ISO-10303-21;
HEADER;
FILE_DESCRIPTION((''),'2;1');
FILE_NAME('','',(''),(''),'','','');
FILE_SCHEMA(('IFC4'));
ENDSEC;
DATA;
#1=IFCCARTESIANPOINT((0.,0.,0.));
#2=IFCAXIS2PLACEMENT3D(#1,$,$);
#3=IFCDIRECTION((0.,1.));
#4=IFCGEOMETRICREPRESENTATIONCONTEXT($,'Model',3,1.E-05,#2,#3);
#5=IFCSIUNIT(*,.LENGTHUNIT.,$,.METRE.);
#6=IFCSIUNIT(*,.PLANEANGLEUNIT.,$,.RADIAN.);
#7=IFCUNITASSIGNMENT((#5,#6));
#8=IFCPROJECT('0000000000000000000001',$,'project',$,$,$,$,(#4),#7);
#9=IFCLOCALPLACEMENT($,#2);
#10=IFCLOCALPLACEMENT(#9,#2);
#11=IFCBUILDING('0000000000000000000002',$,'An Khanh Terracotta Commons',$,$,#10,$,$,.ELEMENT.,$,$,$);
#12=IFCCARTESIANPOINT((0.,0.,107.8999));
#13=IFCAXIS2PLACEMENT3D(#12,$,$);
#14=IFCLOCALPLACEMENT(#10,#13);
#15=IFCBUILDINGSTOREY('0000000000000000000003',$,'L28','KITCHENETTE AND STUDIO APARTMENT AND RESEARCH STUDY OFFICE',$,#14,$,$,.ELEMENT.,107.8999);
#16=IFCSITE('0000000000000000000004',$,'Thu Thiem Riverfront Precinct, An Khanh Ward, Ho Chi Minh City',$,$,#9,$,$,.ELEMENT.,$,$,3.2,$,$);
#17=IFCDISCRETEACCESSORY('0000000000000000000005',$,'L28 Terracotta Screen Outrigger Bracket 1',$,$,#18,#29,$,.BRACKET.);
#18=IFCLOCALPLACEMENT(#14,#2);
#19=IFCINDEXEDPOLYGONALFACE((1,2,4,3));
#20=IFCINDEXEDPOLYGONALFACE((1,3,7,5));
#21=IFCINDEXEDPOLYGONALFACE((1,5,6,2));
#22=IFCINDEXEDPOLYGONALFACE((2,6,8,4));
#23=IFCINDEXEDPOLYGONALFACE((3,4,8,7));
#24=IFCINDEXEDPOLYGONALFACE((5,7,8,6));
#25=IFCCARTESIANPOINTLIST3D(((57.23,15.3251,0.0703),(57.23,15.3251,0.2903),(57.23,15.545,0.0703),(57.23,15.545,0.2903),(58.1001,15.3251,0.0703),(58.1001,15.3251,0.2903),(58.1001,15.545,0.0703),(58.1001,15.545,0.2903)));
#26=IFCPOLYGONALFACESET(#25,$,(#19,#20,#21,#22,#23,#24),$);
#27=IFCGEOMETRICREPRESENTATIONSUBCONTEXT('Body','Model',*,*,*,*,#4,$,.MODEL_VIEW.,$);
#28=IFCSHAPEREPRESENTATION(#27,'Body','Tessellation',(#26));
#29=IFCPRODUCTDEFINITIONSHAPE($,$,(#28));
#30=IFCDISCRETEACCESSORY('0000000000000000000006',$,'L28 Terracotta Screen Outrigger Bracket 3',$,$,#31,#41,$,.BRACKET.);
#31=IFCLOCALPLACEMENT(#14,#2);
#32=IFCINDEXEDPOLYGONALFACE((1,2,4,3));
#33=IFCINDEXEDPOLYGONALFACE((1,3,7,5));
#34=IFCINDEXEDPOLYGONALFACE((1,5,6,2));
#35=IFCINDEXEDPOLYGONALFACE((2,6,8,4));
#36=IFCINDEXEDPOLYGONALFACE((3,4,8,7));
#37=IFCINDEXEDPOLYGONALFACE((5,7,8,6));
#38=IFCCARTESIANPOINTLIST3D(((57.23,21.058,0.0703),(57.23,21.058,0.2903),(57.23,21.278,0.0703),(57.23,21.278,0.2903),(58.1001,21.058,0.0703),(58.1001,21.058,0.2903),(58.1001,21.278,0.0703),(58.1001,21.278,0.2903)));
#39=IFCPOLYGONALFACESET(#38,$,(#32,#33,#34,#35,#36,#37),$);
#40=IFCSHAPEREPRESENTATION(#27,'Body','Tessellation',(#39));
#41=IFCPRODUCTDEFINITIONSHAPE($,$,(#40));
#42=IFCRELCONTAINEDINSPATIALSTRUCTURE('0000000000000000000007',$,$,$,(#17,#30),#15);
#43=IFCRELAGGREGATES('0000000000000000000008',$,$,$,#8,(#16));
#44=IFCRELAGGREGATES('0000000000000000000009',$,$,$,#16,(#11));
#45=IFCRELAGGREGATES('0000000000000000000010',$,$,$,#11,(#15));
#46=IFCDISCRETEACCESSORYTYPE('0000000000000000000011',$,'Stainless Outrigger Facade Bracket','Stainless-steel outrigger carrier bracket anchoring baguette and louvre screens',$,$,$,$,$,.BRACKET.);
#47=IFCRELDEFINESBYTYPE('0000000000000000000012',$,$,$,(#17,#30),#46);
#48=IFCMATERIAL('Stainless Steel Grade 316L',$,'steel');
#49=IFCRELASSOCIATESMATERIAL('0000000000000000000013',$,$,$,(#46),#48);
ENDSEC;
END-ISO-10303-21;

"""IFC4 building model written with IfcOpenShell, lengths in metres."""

from ifc_helpers import new_model, si_unit, direction, frame, origin, origin_2d, place, context, subcontext, project, spatial, rectangle, extrude, material, type_object, element, save


model = new_model("IFC4")

# Units and contexts
model_context = context("Model", 3, precision=1e-05, world=origin(), true_north=direction((0.0, 1.0)))
body_context = subcontext(model_context, "Body", "Model", "MODEL_VIEW")
ifc_project = project(units=[si_unit("LENGTHUNIT", "METRE"), si_unit("PLANEANGLEUNIT", "RADIAN")], contexts=[model_context])

# Site, building, storey
site_placement = place(None, origin())
site = spatial("IfcSite", under=ifc_project, at=site_placement, Name="Thu Thiem Riverfront Precinct, An Khanh Ward, Ho Chi Minh City", CompositionType="ELEMENT", RefElevation=3.2)
building_placement = place(site_placement, origin())
building = spatial("IfcBuilding", under=site, at=building_placement, Name="An Khanh Terracotta Commons", CompositionType="ELEMENT")
storey_placement = place(building_placement, frame((0.0, 0.0, 107.8999)))
storey = spatial("IfcBuildingStorey", under=building, at=storey_placement, Name="L28", Description="KITCHENETTE AND STUDIO APARTMENT AND RESEARCH STUDY OFFICE", CompositionType="ELEMENT", Elevation=107.8999)

# Discrete accessories
ifc_material_1 = material(Name="Stainless Steel Grade 316L", Category="steel")
discrete_accessory_type = type_object("IfcDiscreteAccessoryType", Name="Stainless Outrigger Facade Bracket", Description="Stainless-steel outrigger carrier bracket anchoring baguette and louvre screens", PredefinedType="BRACKET", material=ifc_material_1)
for number, where, z_axis, x_axis, name in (
    (1, (57.665, 15.4351, 0.0703), (0.0, 0.0, 1.0), (0.0, 1.0, 0.0), "L28 Terracotta Screen Outrigger Bracket 1"),
    (2, (57.665, 21.168, 0.0703), (0.0, 0.0, 1.0), (0.0, 1.0, 0.0), "L28 Terracotta Screen Outrigger Bracket 3"),
):
    element("IfcDiscreteAccessory", number, at=place(storey_placement, frame(where, z_axis=z_axis, x_axis=x_axis)), inside=storey, type_object=discrete_accessory_type, Name=name, PredefinedType="BRACKET", context=body_context, shape_type="SweptSolid", body=[
        extrude(rectangle(XDim=0.22, YDim=0.8701, at=origin_2d()), origin(), (0.0, 0.0, 1.0), 0.22),
    ])

save(model, "model.ifc")
